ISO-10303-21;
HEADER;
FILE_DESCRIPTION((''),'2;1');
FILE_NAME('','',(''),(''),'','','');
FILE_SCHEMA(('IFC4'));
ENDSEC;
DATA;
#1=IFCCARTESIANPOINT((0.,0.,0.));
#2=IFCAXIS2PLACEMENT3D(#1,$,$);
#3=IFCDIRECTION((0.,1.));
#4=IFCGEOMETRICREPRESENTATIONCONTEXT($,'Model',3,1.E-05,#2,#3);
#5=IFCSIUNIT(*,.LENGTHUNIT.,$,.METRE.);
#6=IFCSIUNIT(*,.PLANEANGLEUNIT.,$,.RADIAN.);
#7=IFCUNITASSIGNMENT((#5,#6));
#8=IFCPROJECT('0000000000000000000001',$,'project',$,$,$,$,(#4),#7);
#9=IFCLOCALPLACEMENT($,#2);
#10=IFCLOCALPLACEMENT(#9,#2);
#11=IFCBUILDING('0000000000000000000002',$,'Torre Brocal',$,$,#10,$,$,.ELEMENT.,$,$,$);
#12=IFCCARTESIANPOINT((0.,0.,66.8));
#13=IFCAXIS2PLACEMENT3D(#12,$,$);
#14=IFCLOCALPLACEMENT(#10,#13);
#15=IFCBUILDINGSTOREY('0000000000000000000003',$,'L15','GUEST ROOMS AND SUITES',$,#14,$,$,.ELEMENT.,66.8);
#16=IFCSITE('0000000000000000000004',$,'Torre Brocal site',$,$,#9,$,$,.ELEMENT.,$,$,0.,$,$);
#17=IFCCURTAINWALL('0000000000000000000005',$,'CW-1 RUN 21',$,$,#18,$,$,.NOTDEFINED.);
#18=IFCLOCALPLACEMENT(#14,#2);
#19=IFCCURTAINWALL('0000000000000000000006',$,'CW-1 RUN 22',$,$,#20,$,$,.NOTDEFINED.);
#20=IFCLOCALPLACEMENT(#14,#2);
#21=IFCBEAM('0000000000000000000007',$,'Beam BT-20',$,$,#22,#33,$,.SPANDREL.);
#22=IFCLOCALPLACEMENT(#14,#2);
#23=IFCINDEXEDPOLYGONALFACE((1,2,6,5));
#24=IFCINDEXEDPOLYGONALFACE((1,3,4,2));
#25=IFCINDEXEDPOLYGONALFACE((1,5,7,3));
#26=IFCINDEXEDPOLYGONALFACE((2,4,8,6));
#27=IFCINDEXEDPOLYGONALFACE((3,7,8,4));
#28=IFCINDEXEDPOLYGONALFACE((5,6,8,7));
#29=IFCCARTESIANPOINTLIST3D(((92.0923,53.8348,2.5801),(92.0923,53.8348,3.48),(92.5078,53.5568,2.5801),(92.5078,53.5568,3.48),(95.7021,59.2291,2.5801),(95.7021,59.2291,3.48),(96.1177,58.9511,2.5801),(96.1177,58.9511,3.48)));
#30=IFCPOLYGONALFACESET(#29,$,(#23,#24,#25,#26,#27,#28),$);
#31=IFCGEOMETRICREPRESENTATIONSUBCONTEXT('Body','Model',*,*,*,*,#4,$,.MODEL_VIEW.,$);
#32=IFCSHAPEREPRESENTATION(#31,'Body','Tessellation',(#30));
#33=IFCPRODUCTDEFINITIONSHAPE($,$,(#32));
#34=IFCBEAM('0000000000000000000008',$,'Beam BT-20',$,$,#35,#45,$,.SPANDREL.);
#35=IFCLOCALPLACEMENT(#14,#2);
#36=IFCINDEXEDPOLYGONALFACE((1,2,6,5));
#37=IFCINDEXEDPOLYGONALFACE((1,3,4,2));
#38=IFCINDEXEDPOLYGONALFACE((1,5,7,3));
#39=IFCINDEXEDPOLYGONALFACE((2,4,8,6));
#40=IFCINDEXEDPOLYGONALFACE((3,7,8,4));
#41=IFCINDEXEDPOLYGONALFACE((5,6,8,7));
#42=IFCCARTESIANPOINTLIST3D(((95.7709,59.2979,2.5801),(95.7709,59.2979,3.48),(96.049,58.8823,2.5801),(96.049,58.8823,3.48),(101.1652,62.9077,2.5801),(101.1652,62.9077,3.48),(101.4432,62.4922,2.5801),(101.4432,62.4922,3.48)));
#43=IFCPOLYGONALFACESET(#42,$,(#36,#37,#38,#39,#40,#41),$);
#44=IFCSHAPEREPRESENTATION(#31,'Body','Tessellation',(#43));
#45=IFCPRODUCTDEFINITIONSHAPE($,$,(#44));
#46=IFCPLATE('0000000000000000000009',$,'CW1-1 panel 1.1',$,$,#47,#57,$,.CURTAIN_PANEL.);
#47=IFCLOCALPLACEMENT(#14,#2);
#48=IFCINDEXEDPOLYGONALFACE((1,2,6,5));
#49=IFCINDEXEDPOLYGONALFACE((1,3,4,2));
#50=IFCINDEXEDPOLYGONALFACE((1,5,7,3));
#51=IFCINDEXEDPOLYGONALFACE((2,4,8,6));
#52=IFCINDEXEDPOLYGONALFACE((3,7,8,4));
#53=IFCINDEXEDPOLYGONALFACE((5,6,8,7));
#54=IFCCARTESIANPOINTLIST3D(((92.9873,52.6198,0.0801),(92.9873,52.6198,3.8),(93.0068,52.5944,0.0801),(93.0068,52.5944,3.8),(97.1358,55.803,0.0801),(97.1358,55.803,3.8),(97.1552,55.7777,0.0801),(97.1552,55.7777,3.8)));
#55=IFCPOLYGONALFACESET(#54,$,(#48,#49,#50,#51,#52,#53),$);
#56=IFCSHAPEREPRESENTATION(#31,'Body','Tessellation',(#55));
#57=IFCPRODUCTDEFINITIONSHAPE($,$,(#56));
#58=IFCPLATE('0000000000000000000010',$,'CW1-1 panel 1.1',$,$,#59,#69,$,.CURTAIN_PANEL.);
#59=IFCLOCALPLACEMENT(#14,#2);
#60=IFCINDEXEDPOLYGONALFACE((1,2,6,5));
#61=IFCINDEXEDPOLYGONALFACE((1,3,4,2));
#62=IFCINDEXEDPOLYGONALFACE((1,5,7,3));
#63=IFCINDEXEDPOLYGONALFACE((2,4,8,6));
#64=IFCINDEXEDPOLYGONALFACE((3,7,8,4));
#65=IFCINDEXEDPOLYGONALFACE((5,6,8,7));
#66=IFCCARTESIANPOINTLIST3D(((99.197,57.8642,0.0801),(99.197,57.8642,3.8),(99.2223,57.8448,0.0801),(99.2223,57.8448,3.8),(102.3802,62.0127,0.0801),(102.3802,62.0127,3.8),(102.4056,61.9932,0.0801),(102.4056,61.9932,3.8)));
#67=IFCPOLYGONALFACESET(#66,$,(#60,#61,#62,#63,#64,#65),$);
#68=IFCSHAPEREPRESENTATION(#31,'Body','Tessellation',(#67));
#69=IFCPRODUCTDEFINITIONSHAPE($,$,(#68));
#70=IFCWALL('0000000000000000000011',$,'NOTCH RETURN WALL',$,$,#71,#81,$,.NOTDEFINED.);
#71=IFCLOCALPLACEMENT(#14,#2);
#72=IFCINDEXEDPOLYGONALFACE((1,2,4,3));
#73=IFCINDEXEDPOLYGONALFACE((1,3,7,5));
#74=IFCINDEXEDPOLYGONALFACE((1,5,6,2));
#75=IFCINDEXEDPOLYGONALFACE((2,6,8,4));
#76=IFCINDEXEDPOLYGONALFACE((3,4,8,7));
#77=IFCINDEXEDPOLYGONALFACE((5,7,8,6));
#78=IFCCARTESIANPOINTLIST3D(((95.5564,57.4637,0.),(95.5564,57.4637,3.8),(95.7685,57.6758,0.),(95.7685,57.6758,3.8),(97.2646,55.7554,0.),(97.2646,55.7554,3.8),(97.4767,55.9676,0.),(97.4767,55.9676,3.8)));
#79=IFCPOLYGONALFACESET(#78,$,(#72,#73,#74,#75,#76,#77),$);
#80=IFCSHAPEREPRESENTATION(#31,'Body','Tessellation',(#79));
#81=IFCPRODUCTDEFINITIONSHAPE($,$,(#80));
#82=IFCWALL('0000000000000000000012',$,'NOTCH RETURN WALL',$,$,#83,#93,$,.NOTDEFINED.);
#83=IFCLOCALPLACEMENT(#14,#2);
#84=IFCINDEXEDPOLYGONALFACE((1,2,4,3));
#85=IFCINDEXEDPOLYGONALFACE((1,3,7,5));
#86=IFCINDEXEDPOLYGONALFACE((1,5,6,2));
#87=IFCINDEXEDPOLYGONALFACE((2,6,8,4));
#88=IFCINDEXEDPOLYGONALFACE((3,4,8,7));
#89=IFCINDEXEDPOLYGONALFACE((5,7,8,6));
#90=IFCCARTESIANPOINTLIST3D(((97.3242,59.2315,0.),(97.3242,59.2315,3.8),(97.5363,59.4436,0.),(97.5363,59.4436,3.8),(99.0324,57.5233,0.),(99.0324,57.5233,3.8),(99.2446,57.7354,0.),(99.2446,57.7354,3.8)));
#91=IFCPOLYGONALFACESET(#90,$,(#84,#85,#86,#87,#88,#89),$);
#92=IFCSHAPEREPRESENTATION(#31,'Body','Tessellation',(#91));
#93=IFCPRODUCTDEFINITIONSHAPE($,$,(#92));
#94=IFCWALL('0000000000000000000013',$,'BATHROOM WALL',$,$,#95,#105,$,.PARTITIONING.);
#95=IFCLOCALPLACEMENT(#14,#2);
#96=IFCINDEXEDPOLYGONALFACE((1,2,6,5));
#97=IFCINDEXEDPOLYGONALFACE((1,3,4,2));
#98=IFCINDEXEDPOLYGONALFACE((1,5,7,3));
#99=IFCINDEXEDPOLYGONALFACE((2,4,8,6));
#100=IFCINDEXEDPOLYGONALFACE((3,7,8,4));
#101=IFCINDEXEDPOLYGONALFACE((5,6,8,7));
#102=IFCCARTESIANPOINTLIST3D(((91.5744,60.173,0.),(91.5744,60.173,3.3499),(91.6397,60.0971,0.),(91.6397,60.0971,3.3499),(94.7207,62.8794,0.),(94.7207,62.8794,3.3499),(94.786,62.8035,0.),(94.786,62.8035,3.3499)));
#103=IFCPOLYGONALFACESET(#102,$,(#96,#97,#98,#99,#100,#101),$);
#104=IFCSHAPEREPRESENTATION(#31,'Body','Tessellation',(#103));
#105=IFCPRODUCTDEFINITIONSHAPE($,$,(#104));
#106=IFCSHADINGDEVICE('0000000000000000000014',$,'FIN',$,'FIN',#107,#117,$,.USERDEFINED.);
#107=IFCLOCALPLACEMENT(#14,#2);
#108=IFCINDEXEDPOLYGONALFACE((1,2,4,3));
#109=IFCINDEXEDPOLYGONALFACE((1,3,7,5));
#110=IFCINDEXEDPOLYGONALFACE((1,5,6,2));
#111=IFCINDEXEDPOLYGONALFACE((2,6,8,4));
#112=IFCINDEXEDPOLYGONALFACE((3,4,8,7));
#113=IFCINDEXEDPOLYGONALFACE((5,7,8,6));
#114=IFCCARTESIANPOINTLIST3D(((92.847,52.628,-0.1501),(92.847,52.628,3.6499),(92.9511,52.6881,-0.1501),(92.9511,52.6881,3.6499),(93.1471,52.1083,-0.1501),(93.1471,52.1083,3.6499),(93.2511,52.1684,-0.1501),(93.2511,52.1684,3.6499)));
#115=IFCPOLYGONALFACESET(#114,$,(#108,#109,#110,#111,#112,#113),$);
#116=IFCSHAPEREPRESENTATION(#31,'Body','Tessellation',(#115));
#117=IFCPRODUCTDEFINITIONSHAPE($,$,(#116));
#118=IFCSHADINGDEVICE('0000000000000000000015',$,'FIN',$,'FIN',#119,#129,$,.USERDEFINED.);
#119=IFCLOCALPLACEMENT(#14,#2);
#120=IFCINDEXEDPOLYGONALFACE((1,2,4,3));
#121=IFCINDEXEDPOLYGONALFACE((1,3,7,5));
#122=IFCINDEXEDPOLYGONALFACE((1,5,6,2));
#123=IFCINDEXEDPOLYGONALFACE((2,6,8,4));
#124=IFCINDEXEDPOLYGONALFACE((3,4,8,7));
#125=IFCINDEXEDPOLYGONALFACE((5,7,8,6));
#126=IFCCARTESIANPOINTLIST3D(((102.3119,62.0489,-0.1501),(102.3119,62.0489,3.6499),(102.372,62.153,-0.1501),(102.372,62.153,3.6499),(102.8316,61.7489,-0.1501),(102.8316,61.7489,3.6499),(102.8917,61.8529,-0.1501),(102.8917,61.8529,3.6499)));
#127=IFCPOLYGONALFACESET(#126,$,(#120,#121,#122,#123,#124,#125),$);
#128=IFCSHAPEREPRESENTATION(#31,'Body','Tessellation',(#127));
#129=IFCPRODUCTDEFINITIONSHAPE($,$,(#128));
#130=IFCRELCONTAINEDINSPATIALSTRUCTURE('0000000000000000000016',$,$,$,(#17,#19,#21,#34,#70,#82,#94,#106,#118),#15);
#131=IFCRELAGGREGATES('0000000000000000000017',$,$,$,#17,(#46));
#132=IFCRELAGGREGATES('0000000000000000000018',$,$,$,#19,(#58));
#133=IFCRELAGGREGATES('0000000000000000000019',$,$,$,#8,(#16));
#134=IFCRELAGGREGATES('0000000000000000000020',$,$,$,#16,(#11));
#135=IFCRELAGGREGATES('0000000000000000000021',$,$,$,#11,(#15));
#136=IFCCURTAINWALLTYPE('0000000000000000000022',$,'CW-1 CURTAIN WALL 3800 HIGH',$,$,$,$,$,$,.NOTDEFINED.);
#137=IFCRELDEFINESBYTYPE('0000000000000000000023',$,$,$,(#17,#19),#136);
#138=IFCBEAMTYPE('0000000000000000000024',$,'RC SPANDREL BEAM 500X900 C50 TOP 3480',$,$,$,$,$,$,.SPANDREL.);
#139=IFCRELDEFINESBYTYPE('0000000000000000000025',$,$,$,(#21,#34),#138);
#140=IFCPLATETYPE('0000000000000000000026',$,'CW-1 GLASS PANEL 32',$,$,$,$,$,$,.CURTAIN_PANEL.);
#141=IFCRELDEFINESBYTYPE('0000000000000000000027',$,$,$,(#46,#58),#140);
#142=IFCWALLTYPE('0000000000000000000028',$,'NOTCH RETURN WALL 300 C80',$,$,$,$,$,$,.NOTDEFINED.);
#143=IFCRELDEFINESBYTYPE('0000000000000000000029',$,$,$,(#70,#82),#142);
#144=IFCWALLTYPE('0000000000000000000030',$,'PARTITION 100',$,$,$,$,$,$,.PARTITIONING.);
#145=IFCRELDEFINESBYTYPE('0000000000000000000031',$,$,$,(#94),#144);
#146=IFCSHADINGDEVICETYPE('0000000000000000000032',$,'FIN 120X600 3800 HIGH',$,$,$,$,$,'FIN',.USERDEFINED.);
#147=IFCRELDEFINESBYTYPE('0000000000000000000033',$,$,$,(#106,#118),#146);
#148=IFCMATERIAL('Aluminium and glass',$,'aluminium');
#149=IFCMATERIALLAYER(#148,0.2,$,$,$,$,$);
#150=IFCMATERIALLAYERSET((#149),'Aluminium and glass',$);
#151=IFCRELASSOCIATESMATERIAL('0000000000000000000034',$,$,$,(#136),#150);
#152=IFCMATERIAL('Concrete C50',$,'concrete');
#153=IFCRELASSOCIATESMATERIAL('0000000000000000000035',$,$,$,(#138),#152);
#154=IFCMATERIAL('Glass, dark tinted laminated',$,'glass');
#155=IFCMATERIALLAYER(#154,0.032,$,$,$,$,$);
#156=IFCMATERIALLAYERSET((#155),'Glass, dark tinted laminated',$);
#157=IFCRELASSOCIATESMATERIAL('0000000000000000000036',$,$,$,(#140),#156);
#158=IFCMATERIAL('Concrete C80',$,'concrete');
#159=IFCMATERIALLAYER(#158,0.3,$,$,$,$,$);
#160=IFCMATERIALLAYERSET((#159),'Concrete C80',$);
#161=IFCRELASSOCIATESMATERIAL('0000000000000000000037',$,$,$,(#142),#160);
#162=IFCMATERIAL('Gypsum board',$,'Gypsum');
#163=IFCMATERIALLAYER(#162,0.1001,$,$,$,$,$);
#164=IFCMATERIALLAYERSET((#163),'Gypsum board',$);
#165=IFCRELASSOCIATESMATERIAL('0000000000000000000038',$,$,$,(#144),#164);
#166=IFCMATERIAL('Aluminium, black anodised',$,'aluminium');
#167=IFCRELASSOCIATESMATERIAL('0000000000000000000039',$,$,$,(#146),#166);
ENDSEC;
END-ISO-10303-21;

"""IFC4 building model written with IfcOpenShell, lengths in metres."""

from ifc_helpers import new_model, si_unit, direction, frame, frame_2d, origin, origin_2d, place, context, subcontext, project, spatial, rectangle, extrude, material, layer, layer_set, material_profile, profile_set, type_object, element, aggregate, save


model = new_model("IFC4")

# Units and contexts
model_context = context("Model", 3, precision=1e-05, world=origin(), true_north=direction((0.0, 1.0)))
body_context = subcontext(model_context, "Body", "Model", "MODEL_VIEW")
ifc_project = project(units=[si_unit("LENGTHUNIT", "METRE"), si_unit("PLANEANGLEUNIT", "RADIAN")], contexts=[model_context])

# Site, building, storey
site_placement = place(None, origin())
site = spatial("IfcSite", under=ifc_project, at=site_placement, Name="Torre Brocal site", CompositionType="ELEMENT", RefElevation=0.0)
building_placement = place(site_placement, origin())
building = spatial("IfcBuilding", under=site, at=building_placement, Name="Torre Brocal", CompositionType="ELEMENT")
storey_placement = place(building_placement, frame((0.0, 0.0, 66.8)))
storey = spatial("IfcBuildingStorey", under=building, at=storey_placement, Name="L15", Description="GUEST ROOMS AND SUITES", CompositionType="ELEMENT", Elevation=66.8)

# Shared definitions
ifc_material_1 = material(Name="Aluminium and glass", Category="aluminium")
ifc_layer_1 = layer(ifc_material_1, 0.2)
ifc_layer_set_1 = layer_set([ifc_layer_1], Name="Aluminium and glass")
curtain_wall_type = type_object("IfcCurtainWallType", Name="CW-1 CURTAIN WALL 3800 HIGH", PredefinedType="NOTDEFINED", material=ifc_layer_set_1)

# Curtain walls
curtain_wall_1_placement = place(storey_placement, origin())
curtain_wall_1 = element("IfcCurtainWall", 1, at=curtain_wall_1_placement, inside=storey, type_object=curtain_wall_type, Name="CW-1 RUN 21", PredefinedType="NOTDEFINED")
curtain_wall_2_placement = place(storey_placement, origin())
curtain_wall_2 = element("IfcCurtainWall", 2, at=curtain_wall_2_placement, inside=storey, type_object=curtain_wall_type, Name="CW-1 RUN 22", PredefinedType="NOTDEFINED")

# Beams
ifc_material_2 = material(Name="Concrete C50", Category="concrete")
ifc_material_profile_1 = material_profile(ifc_material_2, rectangle(XDim=0.5, YDim=0.8999, at=origin_2d()), Name="RC 500X900")
ifc_profile_set_1 = profile_set([ifc_material_profile_1], Name="Concrete C50")
beam_type_1 = type_object("IfcBeamType", Name="RC SPANDREL BEAM 500X900 C50 TOP 3480", PredefinedType="SPANDREL", material=ifc_profile_set_1)
for number, where, z_axis, x_axis, name in (
    (3, (92.3, 53.6958, 3.03), (0.556158, 0.831077, 0.0), (-0.831077, 0.556158, 0.0), "Beam BT-20"),
    (4, (95.9099, 59.0901, 3.03), (0.831077, 0.556158, 0.0), (-0.556158, 0.831077, 0.0), "Beam BT-20"),
):
    element("IfcBeam", number, at=place(storey_placement, frame(where, z_axis=z_axis, x_axis=x_axis)), inside=storey, type_object=beam_type_1, Name=name, PredefinedType="SPANDREL", context=body_context, shape_type="SweptSolid", body=[
        extrude(rectangle(XDim=0.5, YDim=0.8999, at=origin_2d()), origin(), (0.0, 0.0, 1.0), 6.4907),
    ])

# Plates
ifc_material_3 = material(Name="Glass, dark tinted laminated", Category="glass")
ifc_layer_2 = layer(ifc_material_3, 0.032)
ifc_layer_set_2 = layer_set([ifc_layer_2], Name="Glass, dark tinted laminated")
plate_type = type_object("IfcPlateType", Name="CW-1 GLASS PANEL 32", PredefinedType="CURTAIN_PANEL", material=ifc_layer_set_2)
plate_1_placement = place(storey_placement, frame((95.0713, 54.1987, 0.0801), z_axis=(0.0, 0.0, 1.0), x_axis=(0.793353, 0.608761, 0.0)))
plate_1 = element("IfcPlate", 5, at=plate_1_placement, type_object=plate_type, Name="CW1-1 panel 1.1", PredefinedType="CURTAIN_PANEL", context=body_context, shape_type="SweptSolid", body=[
    extrude(rectangle(XDim=5.229, YDim=0.032, at=origin_2d()), origin(), (0.0, 0.0, 1.0), 3.72),
])
aggregate(curtain_wall_1, [plate_1])
plate_2_placement = place(storey_placement, frame((100.8013, 59.9287, 0.0801), z_axis=(0.0, 0.0, 1.0), x_axis=(0.608761, 0.793353, 0.0)))
plate_2 = element("IfcPlate", 6, at=plate_2_placement, type_object=plate_type, Name="CW1-1 panel 1.1", PredefinedType="CURTAIN_PANEL", context=body_context, shape_type="SweptSolid", body=[
    extrude(rectangle(XDim=5.229, YDim=0.032, at=origin_2d()), origin(), (0.0, 0.0, 1.0), 3.72),
])
aggregate(curtain_wall_2, [plate_2])

# Walls
ifc_material_4 = material(Name="Concrete C80", Category="concrete")
ifc_layer_3 = layer(ifc_material_4, 0.3)
ifc_layer_set_3 = layer_set([ifc_layer_3], Name="Concrete C80")
wall_type_1 = type_object("IfcWallType", Name="NOTCH RETURN WALL 300 C80", PredefinedType="NOTDEFINED", material=ifc_layer_set_3)
for number, where, z_axis, x_axis, name in (
    (7, (95.6624, 57.5698, 0.0), (0.0, 0.0, 1.0), (0.707107, -0.707107, 0.0), "NOTCH RETURN WALL"),
    (8, (97.4302, 59.3376, 0.0), (0.0, 0.0, 1.0), (0.707107, -0.707107, 0.0), "NOTCH RETURN WALL"),
):
    element("IfcWall", number, at=place(storey_placement, frame(where, z_axis=z_axis, x_axis=x_axis)), inside=storey, type_object=wall_type_1, Name=name, PredefinedType="NOTDEFINED", context=body_context, shape_type="SweptSolid", body=[
        extrude(rectangle(XDim=2.4158, YDim=0.3, at=frame_2d((1.208, 0.0))), origin(), (0.0, 0.0, 1.0), 3.8),
    ])
ifc_material_5 = material(Name="Gypsum board", Category="Gypsum")
ifc_layer_4 = layer(ifc_material_5, 0.1001)
ifc_layer_set_4 = layer_set([ifc_layer_4], Name="Gypsum board")
wall_type_2 = type_object("IfcWallType", Name="PARTITION 100", PredefinedType="PARTITIONING", material=ifc_layer_set_4)
wall_placement = place(storey_placement, frame((91.6069, 60.135, 0.0), z_axis=(0.0, 0.0, 1.0), x_axis=(0.758122, 0.652113, 0.0)))
element("IfcWall", 9, at=wall_placement, inside=storey, type_object=wall_type_2, Name="BATHROOM WALL", PredefinedType="PARTITIONING", context=body_context, shape_type="SweptSolid", body=[
    extrude(rectangle(XDim=4.1501, YDim=0.1001, at=frame_2d((2.0752, 0.0))), origin(), (0.0, 0.0, 1.0), 3.3499),
])

# Shading devices
ifc_material_6 = material(Name="Aluminium, black anodised", Category="aluminium")
ifc_material_profile_2 = material_profile(ifc_material_6, rectangle(XDim=0.1201, YDim=0.6001, at=origin_2d()), Name="FIN 120X600 3800 HIGH")
ifc_profile_set_2 = profile_set([ifc_material_profile_2], Name="Aluminium, black anodised")
shading_device_type = type_object("IfcShadingDeviceType", Name="FIN 120X600 3800 HIGH", ElementType="FIN", PredefinedType="USERDEFINED", material=ifc_profile_set_2)
for number, where, z_axis, x_axis, name in (
    (10, (93.0491, 52.3982, -0.1501), (0.0, 0.0, 1.0), (0.866025, 0.5, 0.0), "FIN"),
    (11, (102.6018, 61.9509, -0.1501), (0.0, 0.0, 1.0), (0.5, 0.866025, 0.0), "FIN"),
):
    element("IfcShadingDevice", number, at=place(storey_placement, frame(where, z_axis=z_axis, x_axis=x_axis)), inside=storey, type_object=shading_device_type, Name=name, ObjectType="FIN", PredefinedType="USERDEFINED", context=body_context, shape_type="SweptSolid", body=[
        extrude(rectangle(XDim=0.1201, YDim=0.6001, at=origin_2d()), origin(), (0.0, 0.0, 1.0), 3.8),
    ])

save(model, "model.ifc")
